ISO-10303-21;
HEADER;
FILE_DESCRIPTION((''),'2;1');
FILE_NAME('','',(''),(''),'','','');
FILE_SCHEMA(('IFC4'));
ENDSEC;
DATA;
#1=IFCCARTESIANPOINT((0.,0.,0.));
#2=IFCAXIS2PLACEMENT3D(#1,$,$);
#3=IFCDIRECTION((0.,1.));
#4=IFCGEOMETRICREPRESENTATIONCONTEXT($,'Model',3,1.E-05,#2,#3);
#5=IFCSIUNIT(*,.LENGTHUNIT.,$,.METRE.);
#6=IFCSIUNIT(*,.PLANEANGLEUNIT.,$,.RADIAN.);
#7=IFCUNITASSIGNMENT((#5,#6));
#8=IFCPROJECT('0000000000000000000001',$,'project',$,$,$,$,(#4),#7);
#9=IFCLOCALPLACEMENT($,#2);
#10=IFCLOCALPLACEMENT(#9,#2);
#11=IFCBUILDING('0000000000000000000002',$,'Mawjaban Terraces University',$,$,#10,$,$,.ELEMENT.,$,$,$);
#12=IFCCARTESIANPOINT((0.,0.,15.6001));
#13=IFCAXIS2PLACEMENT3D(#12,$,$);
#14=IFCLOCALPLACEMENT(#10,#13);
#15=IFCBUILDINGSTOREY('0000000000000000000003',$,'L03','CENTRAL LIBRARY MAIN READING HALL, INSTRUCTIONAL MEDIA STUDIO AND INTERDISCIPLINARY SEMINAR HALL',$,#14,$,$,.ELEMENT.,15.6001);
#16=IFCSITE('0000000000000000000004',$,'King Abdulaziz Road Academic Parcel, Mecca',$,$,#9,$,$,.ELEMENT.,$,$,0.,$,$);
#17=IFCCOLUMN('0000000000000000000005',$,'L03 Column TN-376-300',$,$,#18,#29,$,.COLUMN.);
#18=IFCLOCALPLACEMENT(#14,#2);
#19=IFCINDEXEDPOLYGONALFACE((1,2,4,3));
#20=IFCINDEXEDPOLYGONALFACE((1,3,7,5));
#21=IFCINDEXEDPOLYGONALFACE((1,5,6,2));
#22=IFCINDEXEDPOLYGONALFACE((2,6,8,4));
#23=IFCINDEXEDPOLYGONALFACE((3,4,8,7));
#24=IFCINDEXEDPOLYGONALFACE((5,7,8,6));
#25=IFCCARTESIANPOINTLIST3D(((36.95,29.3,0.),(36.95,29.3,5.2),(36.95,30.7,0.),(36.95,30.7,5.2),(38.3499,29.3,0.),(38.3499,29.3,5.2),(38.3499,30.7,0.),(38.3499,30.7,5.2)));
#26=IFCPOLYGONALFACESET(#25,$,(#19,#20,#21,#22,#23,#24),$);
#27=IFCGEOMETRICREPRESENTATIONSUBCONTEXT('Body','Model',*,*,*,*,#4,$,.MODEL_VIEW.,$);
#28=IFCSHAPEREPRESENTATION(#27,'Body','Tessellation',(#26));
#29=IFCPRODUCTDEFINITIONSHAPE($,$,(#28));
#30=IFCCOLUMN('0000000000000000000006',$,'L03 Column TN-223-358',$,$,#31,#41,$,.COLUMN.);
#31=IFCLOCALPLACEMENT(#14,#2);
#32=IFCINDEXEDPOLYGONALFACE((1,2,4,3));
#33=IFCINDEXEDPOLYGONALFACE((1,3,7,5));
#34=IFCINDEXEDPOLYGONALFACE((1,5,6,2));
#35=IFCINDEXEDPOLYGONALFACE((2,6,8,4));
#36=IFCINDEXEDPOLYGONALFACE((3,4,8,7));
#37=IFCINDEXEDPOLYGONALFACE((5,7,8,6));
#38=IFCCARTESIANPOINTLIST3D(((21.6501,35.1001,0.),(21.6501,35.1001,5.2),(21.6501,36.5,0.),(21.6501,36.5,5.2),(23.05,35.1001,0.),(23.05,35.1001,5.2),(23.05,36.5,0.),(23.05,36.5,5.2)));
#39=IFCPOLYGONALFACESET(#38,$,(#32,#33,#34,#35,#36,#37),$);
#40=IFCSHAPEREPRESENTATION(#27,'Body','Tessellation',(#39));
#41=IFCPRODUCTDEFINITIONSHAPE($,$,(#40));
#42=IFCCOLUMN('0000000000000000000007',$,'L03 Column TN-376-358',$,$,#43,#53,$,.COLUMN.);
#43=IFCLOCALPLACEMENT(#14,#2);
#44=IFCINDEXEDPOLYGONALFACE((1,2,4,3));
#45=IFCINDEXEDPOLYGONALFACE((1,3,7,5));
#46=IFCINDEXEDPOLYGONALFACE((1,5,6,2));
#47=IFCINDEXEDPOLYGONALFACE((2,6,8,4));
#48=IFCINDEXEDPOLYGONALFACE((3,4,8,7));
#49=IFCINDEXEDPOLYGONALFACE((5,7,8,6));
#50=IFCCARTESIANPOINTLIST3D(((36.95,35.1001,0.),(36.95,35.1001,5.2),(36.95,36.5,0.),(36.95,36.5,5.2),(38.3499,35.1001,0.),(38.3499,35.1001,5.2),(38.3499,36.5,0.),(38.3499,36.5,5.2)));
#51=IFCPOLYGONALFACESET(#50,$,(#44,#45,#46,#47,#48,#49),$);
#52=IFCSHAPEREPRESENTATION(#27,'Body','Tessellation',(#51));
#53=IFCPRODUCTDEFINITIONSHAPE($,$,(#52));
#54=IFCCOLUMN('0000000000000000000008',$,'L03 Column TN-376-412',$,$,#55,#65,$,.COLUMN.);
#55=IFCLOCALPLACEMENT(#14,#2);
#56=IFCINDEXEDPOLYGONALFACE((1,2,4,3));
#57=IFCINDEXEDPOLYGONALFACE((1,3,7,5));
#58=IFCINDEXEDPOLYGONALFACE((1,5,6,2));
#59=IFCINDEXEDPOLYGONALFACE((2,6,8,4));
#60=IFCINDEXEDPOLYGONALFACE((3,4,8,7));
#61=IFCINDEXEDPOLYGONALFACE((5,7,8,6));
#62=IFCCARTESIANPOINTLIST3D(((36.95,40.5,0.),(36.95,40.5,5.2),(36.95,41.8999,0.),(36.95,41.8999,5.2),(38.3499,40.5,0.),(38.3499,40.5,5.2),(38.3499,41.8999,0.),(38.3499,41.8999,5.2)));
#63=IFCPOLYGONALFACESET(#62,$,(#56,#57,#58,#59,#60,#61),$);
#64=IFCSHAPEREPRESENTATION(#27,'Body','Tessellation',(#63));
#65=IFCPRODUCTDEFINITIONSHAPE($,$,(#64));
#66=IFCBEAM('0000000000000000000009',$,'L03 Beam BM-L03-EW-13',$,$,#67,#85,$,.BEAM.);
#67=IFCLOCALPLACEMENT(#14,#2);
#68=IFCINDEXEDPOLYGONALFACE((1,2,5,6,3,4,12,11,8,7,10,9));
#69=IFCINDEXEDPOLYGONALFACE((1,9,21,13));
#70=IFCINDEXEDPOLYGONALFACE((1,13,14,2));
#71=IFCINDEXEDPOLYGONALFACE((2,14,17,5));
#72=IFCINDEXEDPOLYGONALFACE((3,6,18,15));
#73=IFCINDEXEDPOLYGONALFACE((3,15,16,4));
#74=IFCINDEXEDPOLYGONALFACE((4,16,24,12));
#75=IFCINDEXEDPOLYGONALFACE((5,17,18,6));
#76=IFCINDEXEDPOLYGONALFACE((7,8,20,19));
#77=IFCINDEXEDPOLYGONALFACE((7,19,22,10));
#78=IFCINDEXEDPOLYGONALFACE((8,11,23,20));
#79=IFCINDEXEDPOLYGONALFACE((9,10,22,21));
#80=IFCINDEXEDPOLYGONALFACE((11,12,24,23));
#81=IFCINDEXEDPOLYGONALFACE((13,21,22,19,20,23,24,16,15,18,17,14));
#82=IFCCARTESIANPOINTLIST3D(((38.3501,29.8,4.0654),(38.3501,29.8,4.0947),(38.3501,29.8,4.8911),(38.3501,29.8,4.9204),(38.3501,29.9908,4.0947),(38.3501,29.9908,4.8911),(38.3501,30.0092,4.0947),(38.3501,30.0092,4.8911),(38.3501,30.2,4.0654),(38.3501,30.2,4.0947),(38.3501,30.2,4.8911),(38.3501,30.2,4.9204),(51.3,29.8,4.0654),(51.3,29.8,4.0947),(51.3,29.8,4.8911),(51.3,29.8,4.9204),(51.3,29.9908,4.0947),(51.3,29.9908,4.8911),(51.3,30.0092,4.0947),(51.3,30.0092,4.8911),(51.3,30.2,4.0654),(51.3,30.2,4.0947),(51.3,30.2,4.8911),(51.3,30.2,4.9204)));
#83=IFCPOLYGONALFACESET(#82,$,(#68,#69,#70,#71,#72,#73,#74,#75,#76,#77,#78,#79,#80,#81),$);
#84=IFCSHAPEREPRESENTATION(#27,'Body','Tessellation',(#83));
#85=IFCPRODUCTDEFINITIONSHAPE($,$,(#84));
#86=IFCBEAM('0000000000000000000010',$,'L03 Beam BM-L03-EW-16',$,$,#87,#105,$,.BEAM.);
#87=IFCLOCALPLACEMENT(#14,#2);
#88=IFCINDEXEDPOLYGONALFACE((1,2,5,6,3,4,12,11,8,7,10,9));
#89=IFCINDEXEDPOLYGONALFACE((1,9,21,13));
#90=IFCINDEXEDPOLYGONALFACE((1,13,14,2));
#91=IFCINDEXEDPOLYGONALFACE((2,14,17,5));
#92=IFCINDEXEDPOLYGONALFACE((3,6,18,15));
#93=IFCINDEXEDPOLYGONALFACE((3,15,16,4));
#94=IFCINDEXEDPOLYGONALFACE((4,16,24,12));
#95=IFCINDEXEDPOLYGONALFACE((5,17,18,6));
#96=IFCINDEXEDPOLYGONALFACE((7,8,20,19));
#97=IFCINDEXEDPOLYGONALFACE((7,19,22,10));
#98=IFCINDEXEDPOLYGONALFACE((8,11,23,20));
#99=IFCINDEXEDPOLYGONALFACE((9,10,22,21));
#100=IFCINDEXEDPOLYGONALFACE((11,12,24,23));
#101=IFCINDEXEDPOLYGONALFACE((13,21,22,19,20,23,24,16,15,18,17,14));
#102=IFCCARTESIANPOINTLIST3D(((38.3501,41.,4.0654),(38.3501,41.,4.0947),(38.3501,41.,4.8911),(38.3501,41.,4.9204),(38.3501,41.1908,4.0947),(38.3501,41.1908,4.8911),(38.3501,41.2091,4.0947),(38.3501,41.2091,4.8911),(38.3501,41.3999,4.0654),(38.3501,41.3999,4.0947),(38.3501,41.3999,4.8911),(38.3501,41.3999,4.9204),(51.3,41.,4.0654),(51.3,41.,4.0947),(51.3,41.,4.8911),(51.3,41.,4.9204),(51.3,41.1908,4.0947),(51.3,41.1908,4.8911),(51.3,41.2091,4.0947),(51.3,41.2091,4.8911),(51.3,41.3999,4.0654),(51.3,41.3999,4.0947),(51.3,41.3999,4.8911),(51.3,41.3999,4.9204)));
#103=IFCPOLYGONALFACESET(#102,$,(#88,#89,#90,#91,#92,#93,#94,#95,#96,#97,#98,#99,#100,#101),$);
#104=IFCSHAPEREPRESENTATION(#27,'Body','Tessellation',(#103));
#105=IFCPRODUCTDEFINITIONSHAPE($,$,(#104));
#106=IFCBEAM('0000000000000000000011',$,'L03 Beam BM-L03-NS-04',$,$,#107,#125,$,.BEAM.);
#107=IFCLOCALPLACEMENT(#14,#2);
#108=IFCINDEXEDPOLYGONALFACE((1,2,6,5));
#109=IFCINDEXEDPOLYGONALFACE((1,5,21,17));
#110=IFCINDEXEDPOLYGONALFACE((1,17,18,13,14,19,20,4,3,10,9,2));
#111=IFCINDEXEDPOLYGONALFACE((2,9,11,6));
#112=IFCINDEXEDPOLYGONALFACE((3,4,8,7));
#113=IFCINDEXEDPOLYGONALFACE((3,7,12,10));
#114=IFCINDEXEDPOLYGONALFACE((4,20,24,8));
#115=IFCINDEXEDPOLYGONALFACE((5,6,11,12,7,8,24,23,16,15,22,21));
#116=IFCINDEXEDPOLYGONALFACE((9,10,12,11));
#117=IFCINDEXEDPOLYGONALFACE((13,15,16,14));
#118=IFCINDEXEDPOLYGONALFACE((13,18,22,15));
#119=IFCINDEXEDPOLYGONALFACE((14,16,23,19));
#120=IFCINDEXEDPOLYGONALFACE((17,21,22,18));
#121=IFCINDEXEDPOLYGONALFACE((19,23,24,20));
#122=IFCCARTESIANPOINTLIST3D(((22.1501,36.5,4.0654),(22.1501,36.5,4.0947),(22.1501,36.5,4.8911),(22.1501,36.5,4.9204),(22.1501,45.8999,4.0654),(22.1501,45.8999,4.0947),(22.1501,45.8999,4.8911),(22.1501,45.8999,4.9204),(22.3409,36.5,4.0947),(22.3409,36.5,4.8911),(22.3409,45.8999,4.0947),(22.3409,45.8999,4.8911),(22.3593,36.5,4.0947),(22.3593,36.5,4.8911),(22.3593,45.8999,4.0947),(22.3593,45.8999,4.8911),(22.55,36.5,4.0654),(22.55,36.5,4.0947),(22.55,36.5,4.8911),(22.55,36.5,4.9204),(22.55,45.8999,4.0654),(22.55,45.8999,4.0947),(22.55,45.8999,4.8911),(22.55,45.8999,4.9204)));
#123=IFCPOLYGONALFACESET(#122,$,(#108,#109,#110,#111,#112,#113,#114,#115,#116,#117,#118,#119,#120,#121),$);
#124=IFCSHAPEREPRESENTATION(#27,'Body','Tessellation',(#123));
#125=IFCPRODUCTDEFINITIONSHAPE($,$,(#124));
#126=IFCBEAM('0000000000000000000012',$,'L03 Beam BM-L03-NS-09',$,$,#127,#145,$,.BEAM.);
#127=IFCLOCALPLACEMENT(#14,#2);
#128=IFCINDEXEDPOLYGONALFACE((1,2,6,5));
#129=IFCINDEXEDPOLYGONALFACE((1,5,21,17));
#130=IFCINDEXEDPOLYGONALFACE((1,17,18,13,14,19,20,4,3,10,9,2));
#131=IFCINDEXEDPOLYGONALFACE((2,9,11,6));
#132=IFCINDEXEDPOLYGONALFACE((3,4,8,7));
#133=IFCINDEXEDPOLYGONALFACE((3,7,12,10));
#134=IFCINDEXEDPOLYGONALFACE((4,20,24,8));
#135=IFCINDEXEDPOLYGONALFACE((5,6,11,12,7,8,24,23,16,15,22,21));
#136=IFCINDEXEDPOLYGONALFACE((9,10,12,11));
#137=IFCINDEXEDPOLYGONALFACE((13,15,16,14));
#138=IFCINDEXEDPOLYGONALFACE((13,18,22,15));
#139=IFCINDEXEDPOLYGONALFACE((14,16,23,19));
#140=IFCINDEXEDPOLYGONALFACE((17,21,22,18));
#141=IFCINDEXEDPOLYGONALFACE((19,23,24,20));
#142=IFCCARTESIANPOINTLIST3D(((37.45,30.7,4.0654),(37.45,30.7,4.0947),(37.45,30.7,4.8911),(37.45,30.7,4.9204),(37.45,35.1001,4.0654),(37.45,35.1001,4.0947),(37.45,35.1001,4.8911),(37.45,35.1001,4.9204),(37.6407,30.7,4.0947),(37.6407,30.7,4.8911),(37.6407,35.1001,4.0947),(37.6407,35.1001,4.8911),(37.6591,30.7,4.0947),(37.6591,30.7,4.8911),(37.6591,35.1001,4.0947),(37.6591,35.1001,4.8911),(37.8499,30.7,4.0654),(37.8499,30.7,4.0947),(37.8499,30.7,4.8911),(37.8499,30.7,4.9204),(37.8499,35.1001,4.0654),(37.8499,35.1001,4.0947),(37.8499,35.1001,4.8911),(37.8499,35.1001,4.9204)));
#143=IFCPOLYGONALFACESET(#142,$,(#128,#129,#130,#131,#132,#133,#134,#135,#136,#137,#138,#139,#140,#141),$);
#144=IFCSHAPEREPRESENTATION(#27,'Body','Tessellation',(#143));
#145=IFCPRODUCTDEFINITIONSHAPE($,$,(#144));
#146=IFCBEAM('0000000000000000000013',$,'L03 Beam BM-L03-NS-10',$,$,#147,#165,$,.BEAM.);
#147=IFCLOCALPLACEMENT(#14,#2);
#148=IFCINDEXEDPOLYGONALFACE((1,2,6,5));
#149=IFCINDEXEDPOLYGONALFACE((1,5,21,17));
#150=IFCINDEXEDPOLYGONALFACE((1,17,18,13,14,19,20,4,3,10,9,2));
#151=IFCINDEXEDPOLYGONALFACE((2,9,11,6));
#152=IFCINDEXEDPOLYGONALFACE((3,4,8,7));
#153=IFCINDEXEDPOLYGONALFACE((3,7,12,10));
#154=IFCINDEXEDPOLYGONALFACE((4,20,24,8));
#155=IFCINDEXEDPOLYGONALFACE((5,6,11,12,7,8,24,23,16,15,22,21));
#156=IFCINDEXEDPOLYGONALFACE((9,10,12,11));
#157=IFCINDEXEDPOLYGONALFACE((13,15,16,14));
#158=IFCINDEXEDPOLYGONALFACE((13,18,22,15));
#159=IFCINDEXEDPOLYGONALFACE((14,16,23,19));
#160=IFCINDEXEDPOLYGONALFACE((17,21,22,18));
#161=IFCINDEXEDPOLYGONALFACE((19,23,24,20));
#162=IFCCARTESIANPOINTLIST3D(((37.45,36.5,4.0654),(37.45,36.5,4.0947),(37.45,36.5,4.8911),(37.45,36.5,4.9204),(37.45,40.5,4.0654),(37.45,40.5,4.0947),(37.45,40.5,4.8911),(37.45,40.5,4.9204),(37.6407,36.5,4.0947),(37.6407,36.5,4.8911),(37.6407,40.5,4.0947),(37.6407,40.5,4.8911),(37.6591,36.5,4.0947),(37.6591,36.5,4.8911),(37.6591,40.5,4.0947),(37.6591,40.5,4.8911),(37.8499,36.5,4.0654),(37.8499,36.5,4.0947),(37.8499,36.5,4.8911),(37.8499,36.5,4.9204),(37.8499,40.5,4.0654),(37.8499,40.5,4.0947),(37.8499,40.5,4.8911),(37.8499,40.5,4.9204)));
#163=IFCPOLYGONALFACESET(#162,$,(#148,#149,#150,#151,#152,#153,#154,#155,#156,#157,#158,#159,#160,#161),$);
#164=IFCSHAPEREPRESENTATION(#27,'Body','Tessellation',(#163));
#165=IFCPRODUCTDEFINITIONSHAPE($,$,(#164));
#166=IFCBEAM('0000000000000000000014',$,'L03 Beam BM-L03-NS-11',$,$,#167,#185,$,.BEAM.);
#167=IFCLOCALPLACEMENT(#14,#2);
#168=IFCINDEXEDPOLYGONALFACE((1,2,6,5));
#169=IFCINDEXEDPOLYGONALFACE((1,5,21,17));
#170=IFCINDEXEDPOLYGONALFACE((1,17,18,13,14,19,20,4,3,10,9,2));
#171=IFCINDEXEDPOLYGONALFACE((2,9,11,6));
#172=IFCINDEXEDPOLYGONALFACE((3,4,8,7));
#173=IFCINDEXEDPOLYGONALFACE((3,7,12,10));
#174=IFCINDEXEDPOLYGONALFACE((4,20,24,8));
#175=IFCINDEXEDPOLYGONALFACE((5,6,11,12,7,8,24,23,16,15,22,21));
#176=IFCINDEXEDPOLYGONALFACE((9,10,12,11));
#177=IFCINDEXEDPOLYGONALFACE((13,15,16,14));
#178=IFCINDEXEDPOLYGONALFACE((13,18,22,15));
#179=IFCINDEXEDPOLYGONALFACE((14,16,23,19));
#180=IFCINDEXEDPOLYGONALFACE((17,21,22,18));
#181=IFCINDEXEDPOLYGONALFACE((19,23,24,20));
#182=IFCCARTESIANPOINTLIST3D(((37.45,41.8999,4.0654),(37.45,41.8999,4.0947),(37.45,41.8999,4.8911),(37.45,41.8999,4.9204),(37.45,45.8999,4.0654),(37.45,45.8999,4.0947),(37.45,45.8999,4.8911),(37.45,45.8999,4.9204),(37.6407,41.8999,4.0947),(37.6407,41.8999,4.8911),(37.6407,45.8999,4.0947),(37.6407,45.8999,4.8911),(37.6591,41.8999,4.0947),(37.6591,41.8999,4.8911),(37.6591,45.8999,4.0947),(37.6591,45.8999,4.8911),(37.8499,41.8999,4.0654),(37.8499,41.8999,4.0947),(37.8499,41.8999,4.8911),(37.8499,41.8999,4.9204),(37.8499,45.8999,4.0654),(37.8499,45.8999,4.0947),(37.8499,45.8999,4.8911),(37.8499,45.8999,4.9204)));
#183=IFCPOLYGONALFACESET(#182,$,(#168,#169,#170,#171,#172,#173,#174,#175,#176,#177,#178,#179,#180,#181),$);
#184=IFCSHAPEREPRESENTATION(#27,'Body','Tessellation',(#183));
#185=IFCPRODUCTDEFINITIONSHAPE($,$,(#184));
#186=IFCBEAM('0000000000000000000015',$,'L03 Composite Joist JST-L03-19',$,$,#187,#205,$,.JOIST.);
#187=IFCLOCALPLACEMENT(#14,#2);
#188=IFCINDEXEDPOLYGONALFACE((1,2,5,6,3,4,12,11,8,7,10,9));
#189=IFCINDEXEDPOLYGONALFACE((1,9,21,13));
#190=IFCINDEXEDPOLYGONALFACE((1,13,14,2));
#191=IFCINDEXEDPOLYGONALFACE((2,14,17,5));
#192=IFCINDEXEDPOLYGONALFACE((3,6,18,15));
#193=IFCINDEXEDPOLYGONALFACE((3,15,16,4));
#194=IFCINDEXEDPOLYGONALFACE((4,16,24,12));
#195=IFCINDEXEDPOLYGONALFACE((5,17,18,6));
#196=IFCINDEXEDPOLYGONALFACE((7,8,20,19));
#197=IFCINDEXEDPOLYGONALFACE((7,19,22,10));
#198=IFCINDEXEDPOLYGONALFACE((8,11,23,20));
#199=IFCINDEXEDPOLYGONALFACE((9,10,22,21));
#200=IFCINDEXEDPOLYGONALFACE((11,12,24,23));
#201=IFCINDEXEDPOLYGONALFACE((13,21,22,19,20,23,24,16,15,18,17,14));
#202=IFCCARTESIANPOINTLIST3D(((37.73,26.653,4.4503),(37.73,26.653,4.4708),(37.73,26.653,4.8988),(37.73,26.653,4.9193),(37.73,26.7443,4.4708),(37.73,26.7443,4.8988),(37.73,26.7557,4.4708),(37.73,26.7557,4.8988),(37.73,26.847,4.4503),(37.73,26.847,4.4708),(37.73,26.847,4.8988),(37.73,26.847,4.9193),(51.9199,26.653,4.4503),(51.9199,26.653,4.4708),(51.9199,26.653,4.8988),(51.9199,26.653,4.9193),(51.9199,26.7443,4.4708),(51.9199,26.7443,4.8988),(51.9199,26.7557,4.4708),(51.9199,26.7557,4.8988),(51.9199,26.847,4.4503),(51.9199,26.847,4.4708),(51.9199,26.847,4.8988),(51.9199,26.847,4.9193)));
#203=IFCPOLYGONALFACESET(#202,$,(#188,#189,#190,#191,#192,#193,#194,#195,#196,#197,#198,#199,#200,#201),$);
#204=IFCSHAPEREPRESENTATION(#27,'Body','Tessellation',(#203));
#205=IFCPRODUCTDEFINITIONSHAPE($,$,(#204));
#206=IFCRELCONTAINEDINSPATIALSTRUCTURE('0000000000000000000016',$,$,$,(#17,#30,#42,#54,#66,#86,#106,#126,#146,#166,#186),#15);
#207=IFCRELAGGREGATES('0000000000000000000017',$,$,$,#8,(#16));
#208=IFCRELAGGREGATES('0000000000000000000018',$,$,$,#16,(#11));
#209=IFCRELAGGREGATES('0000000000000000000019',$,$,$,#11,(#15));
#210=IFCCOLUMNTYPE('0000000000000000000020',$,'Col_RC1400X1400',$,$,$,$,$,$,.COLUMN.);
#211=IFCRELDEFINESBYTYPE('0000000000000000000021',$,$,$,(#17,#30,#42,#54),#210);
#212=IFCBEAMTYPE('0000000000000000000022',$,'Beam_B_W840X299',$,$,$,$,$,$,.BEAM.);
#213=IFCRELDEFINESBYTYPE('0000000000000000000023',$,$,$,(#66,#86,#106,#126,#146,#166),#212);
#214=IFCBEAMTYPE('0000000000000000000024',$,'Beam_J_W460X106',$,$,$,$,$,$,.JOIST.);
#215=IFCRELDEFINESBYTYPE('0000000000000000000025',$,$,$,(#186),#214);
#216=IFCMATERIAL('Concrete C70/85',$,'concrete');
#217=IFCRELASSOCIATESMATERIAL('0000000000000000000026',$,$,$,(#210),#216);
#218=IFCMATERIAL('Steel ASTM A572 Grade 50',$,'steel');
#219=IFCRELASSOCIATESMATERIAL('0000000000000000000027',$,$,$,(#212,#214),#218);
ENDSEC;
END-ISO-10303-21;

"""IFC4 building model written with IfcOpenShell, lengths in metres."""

from ifc_helpers import new_model, si_unit, direction, frame, origin, origin_2d, place, context, subcontext, project, spatial, rectangle, i_section, extrude, material, material_profile, profile_set, type_object, element, save


model = new_model("IFC4")

# Units and contexts
model_context = context("Model", 3, precision=1e-05, world=origin(), true_north=direction((0.0, 1.0)))
body_context = subcontext(model_context, "Body", "Model", "MODEL_VIEW")
ifc_project = project(units=[si_unit("LENGTHUNIT", "METRE"), si_unit("PLANEANGLEUNIT", "RADIAN")], contexts=[model_context])

# Site, building, storey
site_placement = place(None, origin())
site = spatial("IfcSite", under=ifc_project, at=site_placement, Name="King Abdulaziz Road Academic Parcel, Mecca", CompositionType="ELEMENT", RefElevation=0.0)
building_placement = place(site_placement, origin())
building = spatial("IfcBuilding", under=site, at=building_placement, Name="Mawjaban Terraces University", CompositionType="ELEMENT")
storey_placement = place(building_placement, frame((0.0, 0.0, 15.6001)))
storey = spatial("IfcBuildingStorey", under=building, at=storey_placement, Name="L03", Description="CENTRAL LIBRARY MAIN READING HALL, INSTRUCTIONAL MEDIA STUDIO AND INTERDISCIPLINARY SEMINAR HALL", CompositionType="ELEMENT", Elevation=15.6001)

# Columns
ifc_material_1 = material(Name="Concrete C70/85", Category="concrete")
ifc_material_profile_1 = material_profile(ifc_material_1, rectangle(XDim=1.3999, YDim=1.3999, at=origin_2d()), Name="RC1400X1400")
ifc_profile_set_1 = profile_set([ifc_material_profile_1], Name="Concrete C70/85")
column_type = type_object("IfcColumnType", Name="Col_RC1400X1400", PredefinedType="COLUMN", material=ifc_profile_set_1)
for number, where, z_axis, x_axis, name in (
    (1, (37.6499, 30.0, 0.0), (0.0, 0.0, 1.0), (1.0, 0.0, 0.0), "L03 Column TN-376-300"),
    (2, (22.3501, 35.8, 0.0), (0.0, 0.0, 1.0), (1.0, 0.0, 0.0), "L03 Column TN-223-358"),
    (3, (37.6499, 35.8, 0.0), (0.0, 0.0, 1.0), (1.0, 0.0, 0.0), "L03 Column TN-376-358"),
    (4, (37.6499, 41.2, 0.0), (0.0, 0.0, 1.0), (1.0, 0.0, 0.0), "L03 Column TN-376-412"),
):
    element("IfcColumn", number, at=place(storey_placement, frame(where, z_axis=z_axis, x_axis=x_axis)), inside=storey, type_object=column_type, Name=name, PredefinedType="COLUMN", context=body_context, shape_type="SweptSolid", body=[
        extrude(rectangle(XDim=1.3999, YDim=1.3999, at=origin_2d()), origin(), (0.0, 0.0, 1.0), 5.2),
    ])

# Beams
ifc_material_2 = material(Name="Steel ASTM A572 Grade 50", Category="steel")
ifc_material_profile_2 = material_profile(ifc_material_2, i_section(OverallWidth=0.3999, OverallDepth=0.855, WebThickness=0.0183, FlangeThickness=0.0293, at=origin_2d()), Name="W840X299")
ifc_profile_set_2 = profile_set([ifc_material_profile_2], Name="Steel ASTM A572 Grade 50")
beam_type_1 = type_object("IfcBeamType", Name="Beam_B_W840X299", PredefinedType="BEAM", material=ifc_profile_set_2)
for number, where, z_axis, x_axis, name in (
    (5, (38.3501, 30.0, 4.4929), (1.0, 0.0, 0.0), (0.0, 1.0, 0.0), "L03 Beam BM-L03-EW-13"),
    (6, (38.3501, 41.2, 4.4929), (1.0, 0.0, 0.0), (0.0, 1.0, 0.0), "L03 Beam BM-L03-EW-16"),
):
    element("IfcBeam", number, at=place(storey_placement, frame(where, z_axis=z_axis, x_axis=x_axis)), inside=storey, type_object=beam_type_1, Name=name, PredefinedType="BEAM", context=body_context, shape_type="SweptSolid", body=[
        extrude(i_section(OverallWidth=0.3999, OverallDepth=0.855, WebThickness=0.0183, FlangeThickness=0.0293, at=origin_2d()), origin(), (0.0, 0.0, 1.0), 12.95),
    ])
beam_1_placement = place(storey_placement, frame((22.3501, 36.5, 4.4929), z_axis=(0.0, 1.0, 0.0), x_axis=(-1.0, 0.0, 0.0)))
element("IfcBeam", 7, at=beam_1_placement, inside=storey, type_object=beam_type_1, Name="L03 Beam BM-L03-NS-04", PredefinedType="BEAM", context=body_context, shape_type="SweptSolid", body=[
    extrude(i_section(OverallWidth=0.3999, OverallDepth=0.855, WebThickness=0.0183, FlangeThickness=0.0293, at=origin_2d()), origin(), (0.0, 0.0, 1.0), 9.3999),
])
beam_2_placement = place(storey_placement, frame((37.6499, 30.7, 4.4929), z_axis=(0.0, 1.0, 0.0), x_axis=(-1.0, 0.0, 0.0)))
element("IfcBeam", 8, at=beam_2_placement, inside=storey, type_object=beam_type_1, Name="L03 Beam BM-L03-NS-09", PredefinedType="BEAM", context=body_context, shape_type="SweptSolid", body=[
    extrude(i_section(OverallWidth=0.3999, OverallDepth=0.855, WebThickness=0.0183, FlangeThickness=0.0293, at=origin_2d()), origin(), (0.0, 0.0, 1.0), 4.4001),
])
for number, where, z_axis, x_axis, name in (
    (9, (37.6499, 36.5, 4.4929), (0.0, 1.0, 0.0), (-1.0, 0.0, 0.0), "L03 Beam BM-L03-NS-10"),
    (10, (37.6499, 41.8999, 4.4929), (0.0, 1.0, 0.0), (-1.0, 0.0, 0.0), "L03 Beam BM-L03-NS-11"),
):
    element("IfcBeam", number, at=place(storey_placement, frame(where, z_axis=z_axis, x_axis=x_axis)), inside=storey, type_object=beam_type_1, Name=name, PredefinedType="BEAM", context=body_context, shape_type="SweptSolid", body=[
        extrude(i_section(OverallWidth=0.3999, OverallDepth=0.855, WebThickness=0.0183, FlangeThickness=0.0293, at=origin_2d()), origin(), (0.0, 0.0, 1.0), 4.0),
    ])
ifc_material_profile_3 = material_profile(ifc_material_2, i_section(OverallWidth=0.1941, OverallDepth=0.469, WebThickness=0.0115, FlangeThickness=0.0205, at=origin_2d()), Name="W460X106")
ifc_profile_set_3 = profile_set([ifc_material_profile_3], Name="Steel ASTM A572 Grade 50")
beam_type_2 = type_object("IfcBeamType", Name="Beam_J_W460X106", PredefinedType="JOIST", material=ifc_profile_set_3)
beam_3_placement = place(storey_placement, frame((37.73, 26.75, 4.6848), z_axis=(1.0, 0.0, 0.0), x_axis=(0.0, 1.0, 0.0)))
element("IfcBeam", 11, at=beam_3_placement, inside=storey, type_object=beam_type_2, Name="L03 Composite Joist JST-L03-19", PredefinedType="JOIST", context=body_context, shape_type="SweptSolid", body=[
    extrude(i_section(OverallWidth=0.1941, OverallDepth=0.469, WebThickness=0.0115, FlangeThickness=0.0205, at=origin_2d()), origin(), (0.0, 0.0, 1.0), 14.1899),
])

save(model, "model.ifc")
